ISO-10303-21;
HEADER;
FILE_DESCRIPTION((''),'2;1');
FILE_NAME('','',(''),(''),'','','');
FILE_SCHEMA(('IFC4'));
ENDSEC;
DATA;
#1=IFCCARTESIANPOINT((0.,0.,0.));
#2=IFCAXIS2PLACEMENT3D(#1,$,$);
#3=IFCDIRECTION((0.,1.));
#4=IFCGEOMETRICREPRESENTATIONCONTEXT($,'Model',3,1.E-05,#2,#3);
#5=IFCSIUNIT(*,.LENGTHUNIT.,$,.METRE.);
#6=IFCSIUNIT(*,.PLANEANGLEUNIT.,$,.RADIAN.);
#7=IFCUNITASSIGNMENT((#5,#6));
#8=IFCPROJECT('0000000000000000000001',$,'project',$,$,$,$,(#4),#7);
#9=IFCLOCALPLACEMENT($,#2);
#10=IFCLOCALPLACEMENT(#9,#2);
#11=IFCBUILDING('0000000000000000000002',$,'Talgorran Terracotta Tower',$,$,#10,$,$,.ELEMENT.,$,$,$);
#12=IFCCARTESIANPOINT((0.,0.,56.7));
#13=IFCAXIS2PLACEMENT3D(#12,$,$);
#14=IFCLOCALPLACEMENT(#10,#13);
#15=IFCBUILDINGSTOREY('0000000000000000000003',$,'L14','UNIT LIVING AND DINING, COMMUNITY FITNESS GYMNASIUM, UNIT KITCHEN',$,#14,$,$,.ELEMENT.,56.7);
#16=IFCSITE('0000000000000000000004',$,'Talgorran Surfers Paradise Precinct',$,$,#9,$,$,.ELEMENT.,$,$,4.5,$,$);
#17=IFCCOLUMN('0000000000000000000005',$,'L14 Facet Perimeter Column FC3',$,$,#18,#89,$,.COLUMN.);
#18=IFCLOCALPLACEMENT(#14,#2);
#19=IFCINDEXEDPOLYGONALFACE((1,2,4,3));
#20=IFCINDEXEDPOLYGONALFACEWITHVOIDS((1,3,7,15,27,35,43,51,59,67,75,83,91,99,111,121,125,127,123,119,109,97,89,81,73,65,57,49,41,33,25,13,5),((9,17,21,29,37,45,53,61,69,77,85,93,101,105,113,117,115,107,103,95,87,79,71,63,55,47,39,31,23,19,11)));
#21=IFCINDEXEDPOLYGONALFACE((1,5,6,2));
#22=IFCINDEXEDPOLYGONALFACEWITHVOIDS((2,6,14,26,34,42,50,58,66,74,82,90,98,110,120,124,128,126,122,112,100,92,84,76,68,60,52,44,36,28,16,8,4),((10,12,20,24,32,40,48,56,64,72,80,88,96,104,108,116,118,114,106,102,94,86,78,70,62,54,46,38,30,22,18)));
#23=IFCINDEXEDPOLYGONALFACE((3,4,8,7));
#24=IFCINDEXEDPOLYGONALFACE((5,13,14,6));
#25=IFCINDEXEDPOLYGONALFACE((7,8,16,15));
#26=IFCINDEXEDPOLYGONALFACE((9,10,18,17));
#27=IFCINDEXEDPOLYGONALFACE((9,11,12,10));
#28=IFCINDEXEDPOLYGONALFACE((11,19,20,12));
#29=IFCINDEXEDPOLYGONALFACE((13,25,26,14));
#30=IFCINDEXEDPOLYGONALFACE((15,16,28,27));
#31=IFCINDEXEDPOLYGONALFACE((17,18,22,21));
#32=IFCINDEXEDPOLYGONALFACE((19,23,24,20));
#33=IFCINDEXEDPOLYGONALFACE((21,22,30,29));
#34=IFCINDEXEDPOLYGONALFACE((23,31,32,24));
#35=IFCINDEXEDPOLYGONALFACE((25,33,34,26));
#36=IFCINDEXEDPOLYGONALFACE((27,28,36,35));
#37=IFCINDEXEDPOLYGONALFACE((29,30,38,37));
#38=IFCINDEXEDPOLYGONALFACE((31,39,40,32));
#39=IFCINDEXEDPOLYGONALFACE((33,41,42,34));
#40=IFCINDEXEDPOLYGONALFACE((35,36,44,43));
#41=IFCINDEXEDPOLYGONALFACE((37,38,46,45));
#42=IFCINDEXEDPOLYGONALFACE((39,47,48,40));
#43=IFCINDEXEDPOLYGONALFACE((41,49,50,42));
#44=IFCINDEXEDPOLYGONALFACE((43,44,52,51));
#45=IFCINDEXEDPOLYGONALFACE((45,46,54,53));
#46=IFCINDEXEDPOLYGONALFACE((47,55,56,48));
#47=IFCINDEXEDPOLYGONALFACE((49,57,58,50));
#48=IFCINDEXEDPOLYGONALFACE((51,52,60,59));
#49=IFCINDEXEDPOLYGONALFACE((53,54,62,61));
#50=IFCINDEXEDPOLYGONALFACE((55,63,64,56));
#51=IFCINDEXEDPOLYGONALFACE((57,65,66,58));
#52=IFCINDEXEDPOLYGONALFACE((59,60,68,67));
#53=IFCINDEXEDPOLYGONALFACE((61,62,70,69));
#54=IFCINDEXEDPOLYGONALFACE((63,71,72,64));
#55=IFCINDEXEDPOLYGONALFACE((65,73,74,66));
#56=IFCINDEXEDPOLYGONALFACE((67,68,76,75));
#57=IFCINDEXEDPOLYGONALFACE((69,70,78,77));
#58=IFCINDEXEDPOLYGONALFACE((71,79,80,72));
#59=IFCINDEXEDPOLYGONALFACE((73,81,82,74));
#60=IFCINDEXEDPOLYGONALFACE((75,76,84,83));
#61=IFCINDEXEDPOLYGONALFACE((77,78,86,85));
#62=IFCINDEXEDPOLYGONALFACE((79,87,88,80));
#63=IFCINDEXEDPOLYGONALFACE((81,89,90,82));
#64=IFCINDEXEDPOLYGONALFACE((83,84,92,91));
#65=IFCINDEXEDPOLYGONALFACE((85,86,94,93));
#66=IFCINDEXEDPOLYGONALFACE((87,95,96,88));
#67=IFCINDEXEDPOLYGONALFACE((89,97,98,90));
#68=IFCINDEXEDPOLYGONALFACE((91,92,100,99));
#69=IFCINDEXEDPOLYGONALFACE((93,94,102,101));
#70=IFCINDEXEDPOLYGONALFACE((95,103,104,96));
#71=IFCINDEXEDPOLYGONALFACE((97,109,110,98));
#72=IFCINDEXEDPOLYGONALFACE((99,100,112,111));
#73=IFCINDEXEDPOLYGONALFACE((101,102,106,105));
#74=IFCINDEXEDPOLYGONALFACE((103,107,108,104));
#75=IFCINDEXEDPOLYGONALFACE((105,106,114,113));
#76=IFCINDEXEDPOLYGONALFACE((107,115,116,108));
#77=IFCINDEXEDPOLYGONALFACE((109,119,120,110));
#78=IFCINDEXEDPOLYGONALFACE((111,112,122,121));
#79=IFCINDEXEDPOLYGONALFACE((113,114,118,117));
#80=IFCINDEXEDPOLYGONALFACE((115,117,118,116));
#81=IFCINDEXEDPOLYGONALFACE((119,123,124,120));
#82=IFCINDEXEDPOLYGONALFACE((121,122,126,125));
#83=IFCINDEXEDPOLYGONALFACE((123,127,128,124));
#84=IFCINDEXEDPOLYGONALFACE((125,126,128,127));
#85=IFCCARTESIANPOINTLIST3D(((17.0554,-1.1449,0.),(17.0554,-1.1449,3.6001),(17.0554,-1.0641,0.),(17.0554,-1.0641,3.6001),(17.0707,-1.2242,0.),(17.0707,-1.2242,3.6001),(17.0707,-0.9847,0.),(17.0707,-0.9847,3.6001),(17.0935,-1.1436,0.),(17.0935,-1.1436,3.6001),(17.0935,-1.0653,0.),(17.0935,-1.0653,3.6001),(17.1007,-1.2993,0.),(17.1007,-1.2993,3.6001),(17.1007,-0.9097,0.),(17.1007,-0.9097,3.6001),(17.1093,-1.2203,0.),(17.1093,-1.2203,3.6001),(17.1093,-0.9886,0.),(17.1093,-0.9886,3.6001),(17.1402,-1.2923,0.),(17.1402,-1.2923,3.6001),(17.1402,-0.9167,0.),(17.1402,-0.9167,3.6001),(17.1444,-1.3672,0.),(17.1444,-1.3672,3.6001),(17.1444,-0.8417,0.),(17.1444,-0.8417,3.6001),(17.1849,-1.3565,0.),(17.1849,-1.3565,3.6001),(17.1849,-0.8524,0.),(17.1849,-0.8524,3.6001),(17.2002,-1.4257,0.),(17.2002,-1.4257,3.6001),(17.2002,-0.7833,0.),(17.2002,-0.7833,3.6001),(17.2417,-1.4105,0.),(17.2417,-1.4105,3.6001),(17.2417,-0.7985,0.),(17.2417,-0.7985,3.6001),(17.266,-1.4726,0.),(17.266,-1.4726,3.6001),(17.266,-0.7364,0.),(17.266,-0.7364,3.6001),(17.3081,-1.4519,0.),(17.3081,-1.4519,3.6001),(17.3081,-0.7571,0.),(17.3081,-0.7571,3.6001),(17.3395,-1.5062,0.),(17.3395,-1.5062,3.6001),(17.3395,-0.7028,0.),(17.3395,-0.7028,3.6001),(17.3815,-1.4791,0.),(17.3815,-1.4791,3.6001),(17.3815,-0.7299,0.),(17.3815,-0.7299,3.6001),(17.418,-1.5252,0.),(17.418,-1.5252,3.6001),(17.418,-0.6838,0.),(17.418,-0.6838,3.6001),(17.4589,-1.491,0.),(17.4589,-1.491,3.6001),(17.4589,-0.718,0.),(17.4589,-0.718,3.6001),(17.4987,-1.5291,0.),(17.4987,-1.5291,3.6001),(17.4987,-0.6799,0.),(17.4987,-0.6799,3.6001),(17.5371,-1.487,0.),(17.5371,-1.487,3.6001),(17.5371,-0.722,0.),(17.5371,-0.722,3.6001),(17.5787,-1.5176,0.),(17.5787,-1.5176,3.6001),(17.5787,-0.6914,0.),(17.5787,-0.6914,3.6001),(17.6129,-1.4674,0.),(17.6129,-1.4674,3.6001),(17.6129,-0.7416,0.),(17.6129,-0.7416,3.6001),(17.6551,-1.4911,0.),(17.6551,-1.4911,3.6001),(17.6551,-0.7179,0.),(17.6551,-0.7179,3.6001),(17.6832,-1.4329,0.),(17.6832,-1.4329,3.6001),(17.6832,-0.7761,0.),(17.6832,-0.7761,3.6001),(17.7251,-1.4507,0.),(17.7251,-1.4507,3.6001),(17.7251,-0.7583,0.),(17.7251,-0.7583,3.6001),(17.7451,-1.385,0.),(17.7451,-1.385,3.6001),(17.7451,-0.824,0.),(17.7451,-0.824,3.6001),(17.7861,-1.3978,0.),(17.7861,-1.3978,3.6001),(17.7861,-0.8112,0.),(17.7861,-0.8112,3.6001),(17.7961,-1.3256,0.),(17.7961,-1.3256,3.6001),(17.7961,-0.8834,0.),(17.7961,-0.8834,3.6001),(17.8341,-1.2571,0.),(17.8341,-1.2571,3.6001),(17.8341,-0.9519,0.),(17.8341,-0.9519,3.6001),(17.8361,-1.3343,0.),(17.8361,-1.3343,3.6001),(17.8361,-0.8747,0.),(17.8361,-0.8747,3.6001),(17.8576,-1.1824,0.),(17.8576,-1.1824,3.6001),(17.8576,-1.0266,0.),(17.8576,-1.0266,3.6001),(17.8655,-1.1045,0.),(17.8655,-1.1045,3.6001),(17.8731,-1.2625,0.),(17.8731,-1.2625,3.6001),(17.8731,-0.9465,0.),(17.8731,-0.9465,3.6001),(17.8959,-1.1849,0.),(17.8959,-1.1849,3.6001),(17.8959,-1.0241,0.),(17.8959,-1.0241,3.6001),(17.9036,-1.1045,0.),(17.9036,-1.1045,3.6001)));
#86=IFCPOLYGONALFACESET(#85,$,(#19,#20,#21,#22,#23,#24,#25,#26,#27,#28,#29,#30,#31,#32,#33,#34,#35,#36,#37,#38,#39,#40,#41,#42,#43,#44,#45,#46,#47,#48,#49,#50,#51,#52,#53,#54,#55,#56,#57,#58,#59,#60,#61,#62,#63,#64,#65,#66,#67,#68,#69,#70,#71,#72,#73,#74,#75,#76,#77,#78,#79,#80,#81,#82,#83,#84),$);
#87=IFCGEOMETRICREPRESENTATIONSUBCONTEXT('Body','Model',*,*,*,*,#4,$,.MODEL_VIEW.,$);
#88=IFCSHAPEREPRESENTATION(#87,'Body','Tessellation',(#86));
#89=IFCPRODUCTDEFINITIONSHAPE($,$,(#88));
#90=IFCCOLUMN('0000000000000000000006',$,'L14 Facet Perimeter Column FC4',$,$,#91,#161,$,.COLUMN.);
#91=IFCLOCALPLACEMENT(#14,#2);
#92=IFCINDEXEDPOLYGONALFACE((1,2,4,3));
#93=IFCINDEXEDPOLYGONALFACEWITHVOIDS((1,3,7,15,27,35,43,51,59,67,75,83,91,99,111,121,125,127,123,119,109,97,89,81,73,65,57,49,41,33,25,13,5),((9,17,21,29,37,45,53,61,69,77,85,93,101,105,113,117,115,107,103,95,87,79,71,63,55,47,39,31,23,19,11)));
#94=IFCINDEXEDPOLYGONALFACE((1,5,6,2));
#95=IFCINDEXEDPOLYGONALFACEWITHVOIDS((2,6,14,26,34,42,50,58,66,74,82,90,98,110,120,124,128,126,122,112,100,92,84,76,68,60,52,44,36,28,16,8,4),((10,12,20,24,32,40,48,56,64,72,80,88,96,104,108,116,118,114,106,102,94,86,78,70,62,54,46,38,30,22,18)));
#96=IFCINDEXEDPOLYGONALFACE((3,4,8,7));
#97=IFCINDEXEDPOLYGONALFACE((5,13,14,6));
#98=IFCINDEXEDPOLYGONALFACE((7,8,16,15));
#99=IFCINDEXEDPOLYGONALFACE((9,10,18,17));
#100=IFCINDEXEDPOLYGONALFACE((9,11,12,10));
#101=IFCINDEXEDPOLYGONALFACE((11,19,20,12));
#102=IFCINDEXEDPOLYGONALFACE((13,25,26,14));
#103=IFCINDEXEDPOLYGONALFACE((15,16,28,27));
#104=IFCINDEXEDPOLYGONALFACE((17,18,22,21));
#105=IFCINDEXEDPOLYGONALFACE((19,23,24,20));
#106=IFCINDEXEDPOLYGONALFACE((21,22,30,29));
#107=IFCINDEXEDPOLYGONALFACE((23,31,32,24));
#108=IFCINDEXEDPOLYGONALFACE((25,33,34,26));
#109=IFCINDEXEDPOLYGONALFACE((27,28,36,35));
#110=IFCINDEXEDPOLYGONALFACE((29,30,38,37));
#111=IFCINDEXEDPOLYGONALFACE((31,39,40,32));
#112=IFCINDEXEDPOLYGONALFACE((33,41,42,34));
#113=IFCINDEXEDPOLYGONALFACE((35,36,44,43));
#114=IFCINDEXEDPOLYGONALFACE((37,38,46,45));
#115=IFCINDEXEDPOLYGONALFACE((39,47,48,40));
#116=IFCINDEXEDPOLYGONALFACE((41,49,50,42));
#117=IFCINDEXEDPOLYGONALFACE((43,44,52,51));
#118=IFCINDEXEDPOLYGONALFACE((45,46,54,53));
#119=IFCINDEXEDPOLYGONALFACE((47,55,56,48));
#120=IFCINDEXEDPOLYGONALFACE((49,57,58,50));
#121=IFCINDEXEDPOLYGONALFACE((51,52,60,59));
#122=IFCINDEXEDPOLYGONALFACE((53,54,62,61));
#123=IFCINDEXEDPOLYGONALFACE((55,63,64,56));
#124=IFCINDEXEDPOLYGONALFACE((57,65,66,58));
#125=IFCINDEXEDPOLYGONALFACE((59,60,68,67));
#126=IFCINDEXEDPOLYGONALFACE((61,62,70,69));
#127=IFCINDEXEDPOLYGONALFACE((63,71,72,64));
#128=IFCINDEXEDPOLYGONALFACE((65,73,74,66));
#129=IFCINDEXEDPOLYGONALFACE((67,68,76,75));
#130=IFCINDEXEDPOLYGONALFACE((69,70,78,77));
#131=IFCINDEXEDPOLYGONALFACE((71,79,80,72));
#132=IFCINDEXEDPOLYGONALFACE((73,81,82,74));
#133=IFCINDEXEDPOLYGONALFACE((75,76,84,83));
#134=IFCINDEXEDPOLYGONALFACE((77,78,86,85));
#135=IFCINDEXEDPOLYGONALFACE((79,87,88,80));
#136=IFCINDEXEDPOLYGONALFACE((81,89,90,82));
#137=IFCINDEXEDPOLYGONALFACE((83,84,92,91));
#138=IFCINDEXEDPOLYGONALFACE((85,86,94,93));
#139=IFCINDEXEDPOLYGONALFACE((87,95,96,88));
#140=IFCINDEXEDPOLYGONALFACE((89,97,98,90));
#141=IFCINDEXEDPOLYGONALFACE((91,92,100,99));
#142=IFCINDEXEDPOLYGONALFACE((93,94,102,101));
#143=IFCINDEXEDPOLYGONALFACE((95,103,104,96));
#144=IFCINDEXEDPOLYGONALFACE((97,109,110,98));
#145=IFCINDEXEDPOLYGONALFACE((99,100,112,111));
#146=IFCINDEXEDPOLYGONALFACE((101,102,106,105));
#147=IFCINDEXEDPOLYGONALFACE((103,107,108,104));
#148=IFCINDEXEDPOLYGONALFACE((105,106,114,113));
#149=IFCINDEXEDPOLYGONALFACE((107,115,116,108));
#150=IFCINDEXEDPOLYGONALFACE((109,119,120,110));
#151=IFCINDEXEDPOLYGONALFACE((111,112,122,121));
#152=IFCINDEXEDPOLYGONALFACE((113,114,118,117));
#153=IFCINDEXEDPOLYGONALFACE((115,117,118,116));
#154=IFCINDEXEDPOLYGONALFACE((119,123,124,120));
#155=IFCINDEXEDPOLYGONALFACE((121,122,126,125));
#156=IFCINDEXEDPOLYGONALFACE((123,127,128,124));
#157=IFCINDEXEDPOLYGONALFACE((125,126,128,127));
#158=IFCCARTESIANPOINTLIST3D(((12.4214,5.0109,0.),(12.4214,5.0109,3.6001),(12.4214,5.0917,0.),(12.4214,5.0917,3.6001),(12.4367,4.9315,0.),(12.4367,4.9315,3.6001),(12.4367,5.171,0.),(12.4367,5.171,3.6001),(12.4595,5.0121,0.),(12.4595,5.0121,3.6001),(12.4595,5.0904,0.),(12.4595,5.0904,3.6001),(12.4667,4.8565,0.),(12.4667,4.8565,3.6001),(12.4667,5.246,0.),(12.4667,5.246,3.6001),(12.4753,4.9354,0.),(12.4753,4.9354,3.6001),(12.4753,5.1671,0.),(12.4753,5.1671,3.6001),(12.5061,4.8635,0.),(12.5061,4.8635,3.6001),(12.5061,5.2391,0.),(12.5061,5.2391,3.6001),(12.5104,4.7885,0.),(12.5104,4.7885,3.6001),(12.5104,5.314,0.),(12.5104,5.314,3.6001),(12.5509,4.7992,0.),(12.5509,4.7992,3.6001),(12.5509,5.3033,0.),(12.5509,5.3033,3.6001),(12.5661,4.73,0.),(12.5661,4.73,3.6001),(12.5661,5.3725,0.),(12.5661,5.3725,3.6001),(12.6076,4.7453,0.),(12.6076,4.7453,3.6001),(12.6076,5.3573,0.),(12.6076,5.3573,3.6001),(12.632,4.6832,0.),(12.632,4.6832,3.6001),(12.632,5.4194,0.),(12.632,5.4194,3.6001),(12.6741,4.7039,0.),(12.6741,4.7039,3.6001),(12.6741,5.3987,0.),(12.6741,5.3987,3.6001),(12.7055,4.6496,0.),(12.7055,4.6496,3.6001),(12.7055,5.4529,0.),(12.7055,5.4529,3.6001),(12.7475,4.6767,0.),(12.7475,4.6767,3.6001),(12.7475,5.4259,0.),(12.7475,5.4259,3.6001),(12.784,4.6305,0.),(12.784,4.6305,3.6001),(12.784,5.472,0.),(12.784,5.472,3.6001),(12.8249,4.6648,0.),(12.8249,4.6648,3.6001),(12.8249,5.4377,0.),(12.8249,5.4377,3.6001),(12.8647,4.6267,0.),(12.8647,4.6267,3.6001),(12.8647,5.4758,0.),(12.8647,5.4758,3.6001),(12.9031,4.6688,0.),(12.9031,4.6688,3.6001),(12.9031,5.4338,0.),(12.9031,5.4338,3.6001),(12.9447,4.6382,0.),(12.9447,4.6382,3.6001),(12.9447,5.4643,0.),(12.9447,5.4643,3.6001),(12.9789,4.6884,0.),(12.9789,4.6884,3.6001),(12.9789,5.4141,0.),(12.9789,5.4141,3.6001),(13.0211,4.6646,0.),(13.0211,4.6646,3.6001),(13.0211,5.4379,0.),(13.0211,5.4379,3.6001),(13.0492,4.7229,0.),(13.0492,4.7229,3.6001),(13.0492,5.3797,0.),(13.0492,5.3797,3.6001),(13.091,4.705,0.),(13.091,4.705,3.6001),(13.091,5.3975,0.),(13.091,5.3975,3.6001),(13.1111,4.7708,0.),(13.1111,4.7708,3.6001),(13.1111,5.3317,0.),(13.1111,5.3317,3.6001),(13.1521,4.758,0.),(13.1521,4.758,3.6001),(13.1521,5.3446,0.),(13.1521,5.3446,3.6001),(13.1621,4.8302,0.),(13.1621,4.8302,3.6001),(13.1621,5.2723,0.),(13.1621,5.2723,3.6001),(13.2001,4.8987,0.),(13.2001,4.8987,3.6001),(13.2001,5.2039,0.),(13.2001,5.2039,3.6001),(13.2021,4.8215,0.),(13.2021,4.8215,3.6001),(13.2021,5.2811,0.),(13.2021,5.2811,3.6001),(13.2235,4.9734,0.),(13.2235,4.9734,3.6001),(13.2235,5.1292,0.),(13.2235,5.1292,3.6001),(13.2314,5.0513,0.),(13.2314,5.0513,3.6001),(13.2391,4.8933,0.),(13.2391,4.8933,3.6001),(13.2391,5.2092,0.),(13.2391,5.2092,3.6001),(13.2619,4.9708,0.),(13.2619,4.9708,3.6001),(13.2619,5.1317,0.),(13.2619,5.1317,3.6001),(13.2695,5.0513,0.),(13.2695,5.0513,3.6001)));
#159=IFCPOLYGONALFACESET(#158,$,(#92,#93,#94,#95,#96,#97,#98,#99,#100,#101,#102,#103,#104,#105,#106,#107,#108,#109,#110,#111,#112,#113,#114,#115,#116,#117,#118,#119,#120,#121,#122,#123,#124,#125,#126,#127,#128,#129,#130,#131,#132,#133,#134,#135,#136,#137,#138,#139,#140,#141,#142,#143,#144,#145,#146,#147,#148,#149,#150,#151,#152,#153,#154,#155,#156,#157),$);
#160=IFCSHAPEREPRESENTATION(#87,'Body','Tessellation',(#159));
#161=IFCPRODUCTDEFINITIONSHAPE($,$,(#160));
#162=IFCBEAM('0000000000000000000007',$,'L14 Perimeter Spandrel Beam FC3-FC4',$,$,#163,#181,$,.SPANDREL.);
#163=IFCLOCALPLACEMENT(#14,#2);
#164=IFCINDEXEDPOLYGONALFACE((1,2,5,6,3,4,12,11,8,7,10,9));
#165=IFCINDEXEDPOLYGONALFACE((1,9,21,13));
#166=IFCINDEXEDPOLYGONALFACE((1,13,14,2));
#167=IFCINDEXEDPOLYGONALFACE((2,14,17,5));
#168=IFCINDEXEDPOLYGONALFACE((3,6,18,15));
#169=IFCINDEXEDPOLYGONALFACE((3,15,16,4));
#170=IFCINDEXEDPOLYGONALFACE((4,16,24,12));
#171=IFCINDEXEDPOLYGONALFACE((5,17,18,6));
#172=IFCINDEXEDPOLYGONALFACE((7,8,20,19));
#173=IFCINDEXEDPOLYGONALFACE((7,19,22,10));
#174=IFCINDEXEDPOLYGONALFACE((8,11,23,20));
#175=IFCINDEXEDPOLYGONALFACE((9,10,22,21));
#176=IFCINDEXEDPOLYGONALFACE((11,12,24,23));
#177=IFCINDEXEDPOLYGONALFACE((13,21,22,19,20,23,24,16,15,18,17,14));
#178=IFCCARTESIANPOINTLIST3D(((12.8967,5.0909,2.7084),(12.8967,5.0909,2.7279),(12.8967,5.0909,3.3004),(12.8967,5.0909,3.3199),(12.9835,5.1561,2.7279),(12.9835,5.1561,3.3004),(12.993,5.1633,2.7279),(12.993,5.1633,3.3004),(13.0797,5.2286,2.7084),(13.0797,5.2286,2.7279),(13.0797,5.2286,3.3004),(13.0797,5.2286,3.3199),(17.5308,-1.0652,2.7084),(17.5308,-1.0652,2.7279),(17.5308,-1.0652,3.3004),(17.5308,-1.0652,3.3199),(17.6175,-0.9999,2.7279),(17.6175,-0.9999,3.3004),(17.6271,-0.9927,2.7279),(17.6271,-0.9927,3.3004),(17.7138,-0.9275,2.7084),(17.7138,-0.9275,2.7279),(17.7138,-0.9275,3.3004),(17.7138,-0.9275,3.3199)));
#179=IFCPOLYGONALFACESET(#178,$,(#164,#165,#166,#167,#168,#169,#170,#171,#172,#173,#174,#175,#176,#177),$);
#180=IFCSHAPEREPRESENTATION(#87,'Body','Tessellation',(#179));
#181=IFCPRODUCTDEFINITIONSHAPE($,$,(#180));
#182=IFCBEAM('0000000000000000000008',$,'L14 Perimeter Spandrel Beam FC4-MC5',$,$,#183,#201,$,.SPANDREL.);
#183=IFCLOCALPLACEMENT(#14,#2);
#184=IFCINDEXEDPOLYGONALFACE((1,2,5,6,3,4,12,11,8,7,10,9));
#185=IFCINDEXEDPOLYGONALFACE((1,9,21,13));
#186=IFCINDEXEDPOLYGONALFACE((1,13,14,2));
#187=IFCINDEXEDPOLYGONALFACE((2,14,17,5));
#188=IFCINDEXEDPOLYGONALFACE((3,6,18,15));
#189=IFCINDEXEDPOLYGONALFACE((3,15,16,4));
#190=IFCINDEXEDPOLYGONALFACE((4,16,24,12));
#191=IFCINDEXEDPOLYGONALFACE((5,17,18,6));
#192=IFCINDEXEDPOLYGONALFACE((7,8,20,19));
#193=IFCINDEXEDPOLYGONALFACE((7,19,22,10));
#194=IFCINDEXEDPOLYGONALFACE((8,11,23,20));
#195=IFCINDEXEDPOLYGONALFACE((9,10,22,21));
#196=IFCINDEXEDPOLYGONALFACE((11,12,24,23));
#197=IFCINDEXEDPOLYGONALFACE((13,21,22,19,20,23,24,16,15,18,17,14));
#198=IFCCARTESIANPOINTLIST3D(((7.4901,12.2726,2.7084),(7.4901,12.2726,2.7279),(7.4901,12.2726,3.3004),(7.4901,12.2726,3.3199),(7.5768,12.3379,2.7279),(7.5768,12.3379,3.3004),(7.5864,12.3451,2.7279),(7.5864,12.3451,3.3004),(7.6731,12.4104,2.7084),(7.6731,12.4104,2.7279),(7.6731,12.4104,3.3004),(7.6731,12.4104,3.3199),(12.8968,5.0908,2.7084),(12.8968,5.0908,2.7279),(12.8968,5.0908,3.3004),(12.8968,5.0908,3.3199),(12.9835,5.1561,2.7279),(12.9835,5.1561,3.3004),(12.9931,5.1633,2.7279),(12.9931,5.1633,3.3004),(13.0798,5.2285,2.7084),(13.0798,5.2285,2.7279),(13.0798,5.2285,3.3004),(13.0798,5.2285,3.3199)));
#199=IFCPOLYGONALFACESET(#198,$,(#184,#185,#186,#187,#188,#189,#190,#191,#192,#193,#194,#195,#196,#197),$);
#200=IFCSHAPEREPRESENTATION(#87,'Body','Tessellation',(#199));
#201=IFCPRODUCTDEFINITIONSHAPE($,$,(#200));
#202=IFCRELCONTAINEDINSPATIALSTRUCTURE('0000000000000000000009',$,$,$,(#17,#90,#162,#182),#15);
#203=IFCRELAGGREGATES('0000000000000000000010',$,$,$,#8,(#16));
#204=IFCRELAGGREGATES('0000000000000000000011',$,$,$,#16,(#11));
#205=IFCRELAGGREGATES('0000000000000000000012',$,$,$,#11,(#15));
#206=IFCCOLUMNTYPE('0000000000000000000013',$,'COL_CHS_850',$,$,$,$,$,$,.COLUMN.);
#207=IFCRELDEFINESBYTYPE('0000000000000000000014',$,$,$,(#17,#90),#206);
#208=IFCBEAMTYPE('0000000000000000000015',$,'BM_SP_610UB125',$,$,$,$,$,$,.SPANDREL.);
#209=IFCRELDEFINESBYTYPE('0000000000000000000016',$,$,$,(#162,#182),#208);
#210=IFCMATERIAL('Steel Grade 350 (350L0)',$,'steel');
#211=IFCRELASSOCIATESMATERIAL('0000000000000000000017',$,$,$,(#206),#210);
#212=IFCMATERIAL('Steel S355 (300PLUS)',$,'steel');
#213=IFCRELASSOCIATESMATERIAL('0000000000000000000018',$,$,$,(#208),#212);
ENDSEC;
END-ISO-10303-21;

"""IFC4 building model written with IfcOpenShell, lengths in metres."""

from ifc_helpers import new_model, si_unit, direction, frame, origin, origin_2d, place, context, subcontext, project, spatial, hollow_circle, i_section, extrude, material, material_profile, profile_set, type_object, element, save


model = new_model("IFC4")

# Units and contexts
model_context = context("Model", 3, precision=1e-05, world=origin(), true_north=direction((0.0, 1.0)))
body_context = subcontext(model_context, "Body", "Model", "MODEL_VIEW")
ifc_project = project(units=[si_unit("LENGTHUNIT", "METRE"), si_unit("PLANEANGLEUNIT", "RADIAN")], contexts=[model_context])

# Site, building, storey
site_placement = place(None, origin())
site = spatial("IfcSite", under=ifc_project, at=site_placement, Name="Talgorran Surfers Paradise Precinct", CompositionType="ELEMENT", RefElevation=4.5)
building_placement = place(site_placement, origin())
building = spatial("IfcBuilding", under=site, at=building_placement, Name="Talgorran Terracotta Tower", CompositionType="ELEMENT")
storey_placement = place(building_placement, frame((0.0, 0.0, 56.7)))
storey = spatial("IfcBuildingStorey", under=building, at=storey_placement, Name="L14", Description="UNIT LIVING AND DINING, COMMUNITY FITNESS GYMNASIUM, UNIT KITCHEN", CompositionType="ELEMENT", Elevation=56.7)

# Columns
ifc_material_1 = material(Name="Steel Grade 350 (350L0)", Category="steel")
ifc_material_profile_1 = material_profile(ifc_material_1, hollow_circle(Radius=0.425, WallThickness=0.0381, at=origin_2d()), Name="CHS850X38")
ifc_profile_set_1 = profile_set([ifc_material_profile_1], Name="Steel Grade 350 (350L0)")
column_type = type_object("IfcColumnType", Name="COL_CHS_850", PredefinedType="COLUMN", material=ifc_profile_set_1)
for number, where, z_axis, x_axis, name in (
    (1, (17.4785, -1.1045, 0.0), (0.0, 0.0, 1.0), (1.0, 0.0, 0.0), "L14 Facet Perimeter Column FC3"),
    (2, (12.8445, 5.0513, 0.0), (0.0, 0.0, 1.0), (1.0, 0.0, 0.0), "L14 Facet Perimeter Column FC4"),
):
    element("IfcColumn", number, at=place(storey_placement, frame(where, z_axis=z_axis, x_axis=x_axis)), inside=storey, type_object=column_type, Name=name, PredefinedType="COLUMN", context=body_context, shape_type="SweptSolid", body=[
        extrude(hollow_circle(Radius=0.425, WallThickness=0.0381, at=origin_2d()), origin(), (0.0, 0.0, 1.0), 3.6001),
    ])

# Beams
ifc_material_2 = material(Name="Steel S355 (300PLUS)", Category="steel")
ifc_material_profile_2 = material_profile(ifc_material_2, i_section(OverallWidth=0.229, OverallDepth=0.6116, WebThickness=0.012, FlangeThickness=0.0195, at=origin_2d()), Name="610UB125")
ifc_profile_set_2 = profile_set([ifc_material_profile_2], Name="Steel S355 (300PLUS)")
beam_type = type_object("IfcBeamType", Name="BM_SP_610UB125", PredefinedType="SPANDREL", material=ifc_profile_set_2)
beam_1_placement = place(storey_placement, frame((17.6223, -0.9963, 3.0142), z_axis=(-0.601413, 0.798938, 0.0), x_axis=(-0.798938, -0.601413, 0.0)))
element("IfcBeam", 3, at=beam_1_placement, inside=storey, type_object=beam_type, Name="L14 Perimeter Spandrel Beam FC3-FC4", PredefinedType="SPANDREL", context=body_context, shape_type="SweptSolid", body=[
    extrude(i_section(OverallWidth=0.229, OverallDepth=0.6116, WebThickness=0.012, FlangeThickness=0.0195, at=origin_2d()), origin(), (0.0, 0.0, 1.0), 7.7053),
])
beam_2_placement = place(storey_placement, frame((12.9883, 5.1597, 3.0142), z_axis=(-0.601446, 0.798913, 0.0), x_axis=(-0.798913, -0.601446, 0.0)))
element("IfcBeam", 4, at=beam_2_placement, inside=storey, type_object=beam_type, Name="L14 Perimeter Spandrel Beam FC4-MC5", PredefinedType="SPANDREL", context=body_context, shape_type="SweptSolid", body=[
    extrude(i_section(OverallWidth=0.229, OverallDepth=0.6116, WebThickness=0.012, FlangeThickness=0.0195, at=origin_2d()), origin(), (0.0, 0.0, 1.0), 8.9895),
])

save(model, "model.ifc")
